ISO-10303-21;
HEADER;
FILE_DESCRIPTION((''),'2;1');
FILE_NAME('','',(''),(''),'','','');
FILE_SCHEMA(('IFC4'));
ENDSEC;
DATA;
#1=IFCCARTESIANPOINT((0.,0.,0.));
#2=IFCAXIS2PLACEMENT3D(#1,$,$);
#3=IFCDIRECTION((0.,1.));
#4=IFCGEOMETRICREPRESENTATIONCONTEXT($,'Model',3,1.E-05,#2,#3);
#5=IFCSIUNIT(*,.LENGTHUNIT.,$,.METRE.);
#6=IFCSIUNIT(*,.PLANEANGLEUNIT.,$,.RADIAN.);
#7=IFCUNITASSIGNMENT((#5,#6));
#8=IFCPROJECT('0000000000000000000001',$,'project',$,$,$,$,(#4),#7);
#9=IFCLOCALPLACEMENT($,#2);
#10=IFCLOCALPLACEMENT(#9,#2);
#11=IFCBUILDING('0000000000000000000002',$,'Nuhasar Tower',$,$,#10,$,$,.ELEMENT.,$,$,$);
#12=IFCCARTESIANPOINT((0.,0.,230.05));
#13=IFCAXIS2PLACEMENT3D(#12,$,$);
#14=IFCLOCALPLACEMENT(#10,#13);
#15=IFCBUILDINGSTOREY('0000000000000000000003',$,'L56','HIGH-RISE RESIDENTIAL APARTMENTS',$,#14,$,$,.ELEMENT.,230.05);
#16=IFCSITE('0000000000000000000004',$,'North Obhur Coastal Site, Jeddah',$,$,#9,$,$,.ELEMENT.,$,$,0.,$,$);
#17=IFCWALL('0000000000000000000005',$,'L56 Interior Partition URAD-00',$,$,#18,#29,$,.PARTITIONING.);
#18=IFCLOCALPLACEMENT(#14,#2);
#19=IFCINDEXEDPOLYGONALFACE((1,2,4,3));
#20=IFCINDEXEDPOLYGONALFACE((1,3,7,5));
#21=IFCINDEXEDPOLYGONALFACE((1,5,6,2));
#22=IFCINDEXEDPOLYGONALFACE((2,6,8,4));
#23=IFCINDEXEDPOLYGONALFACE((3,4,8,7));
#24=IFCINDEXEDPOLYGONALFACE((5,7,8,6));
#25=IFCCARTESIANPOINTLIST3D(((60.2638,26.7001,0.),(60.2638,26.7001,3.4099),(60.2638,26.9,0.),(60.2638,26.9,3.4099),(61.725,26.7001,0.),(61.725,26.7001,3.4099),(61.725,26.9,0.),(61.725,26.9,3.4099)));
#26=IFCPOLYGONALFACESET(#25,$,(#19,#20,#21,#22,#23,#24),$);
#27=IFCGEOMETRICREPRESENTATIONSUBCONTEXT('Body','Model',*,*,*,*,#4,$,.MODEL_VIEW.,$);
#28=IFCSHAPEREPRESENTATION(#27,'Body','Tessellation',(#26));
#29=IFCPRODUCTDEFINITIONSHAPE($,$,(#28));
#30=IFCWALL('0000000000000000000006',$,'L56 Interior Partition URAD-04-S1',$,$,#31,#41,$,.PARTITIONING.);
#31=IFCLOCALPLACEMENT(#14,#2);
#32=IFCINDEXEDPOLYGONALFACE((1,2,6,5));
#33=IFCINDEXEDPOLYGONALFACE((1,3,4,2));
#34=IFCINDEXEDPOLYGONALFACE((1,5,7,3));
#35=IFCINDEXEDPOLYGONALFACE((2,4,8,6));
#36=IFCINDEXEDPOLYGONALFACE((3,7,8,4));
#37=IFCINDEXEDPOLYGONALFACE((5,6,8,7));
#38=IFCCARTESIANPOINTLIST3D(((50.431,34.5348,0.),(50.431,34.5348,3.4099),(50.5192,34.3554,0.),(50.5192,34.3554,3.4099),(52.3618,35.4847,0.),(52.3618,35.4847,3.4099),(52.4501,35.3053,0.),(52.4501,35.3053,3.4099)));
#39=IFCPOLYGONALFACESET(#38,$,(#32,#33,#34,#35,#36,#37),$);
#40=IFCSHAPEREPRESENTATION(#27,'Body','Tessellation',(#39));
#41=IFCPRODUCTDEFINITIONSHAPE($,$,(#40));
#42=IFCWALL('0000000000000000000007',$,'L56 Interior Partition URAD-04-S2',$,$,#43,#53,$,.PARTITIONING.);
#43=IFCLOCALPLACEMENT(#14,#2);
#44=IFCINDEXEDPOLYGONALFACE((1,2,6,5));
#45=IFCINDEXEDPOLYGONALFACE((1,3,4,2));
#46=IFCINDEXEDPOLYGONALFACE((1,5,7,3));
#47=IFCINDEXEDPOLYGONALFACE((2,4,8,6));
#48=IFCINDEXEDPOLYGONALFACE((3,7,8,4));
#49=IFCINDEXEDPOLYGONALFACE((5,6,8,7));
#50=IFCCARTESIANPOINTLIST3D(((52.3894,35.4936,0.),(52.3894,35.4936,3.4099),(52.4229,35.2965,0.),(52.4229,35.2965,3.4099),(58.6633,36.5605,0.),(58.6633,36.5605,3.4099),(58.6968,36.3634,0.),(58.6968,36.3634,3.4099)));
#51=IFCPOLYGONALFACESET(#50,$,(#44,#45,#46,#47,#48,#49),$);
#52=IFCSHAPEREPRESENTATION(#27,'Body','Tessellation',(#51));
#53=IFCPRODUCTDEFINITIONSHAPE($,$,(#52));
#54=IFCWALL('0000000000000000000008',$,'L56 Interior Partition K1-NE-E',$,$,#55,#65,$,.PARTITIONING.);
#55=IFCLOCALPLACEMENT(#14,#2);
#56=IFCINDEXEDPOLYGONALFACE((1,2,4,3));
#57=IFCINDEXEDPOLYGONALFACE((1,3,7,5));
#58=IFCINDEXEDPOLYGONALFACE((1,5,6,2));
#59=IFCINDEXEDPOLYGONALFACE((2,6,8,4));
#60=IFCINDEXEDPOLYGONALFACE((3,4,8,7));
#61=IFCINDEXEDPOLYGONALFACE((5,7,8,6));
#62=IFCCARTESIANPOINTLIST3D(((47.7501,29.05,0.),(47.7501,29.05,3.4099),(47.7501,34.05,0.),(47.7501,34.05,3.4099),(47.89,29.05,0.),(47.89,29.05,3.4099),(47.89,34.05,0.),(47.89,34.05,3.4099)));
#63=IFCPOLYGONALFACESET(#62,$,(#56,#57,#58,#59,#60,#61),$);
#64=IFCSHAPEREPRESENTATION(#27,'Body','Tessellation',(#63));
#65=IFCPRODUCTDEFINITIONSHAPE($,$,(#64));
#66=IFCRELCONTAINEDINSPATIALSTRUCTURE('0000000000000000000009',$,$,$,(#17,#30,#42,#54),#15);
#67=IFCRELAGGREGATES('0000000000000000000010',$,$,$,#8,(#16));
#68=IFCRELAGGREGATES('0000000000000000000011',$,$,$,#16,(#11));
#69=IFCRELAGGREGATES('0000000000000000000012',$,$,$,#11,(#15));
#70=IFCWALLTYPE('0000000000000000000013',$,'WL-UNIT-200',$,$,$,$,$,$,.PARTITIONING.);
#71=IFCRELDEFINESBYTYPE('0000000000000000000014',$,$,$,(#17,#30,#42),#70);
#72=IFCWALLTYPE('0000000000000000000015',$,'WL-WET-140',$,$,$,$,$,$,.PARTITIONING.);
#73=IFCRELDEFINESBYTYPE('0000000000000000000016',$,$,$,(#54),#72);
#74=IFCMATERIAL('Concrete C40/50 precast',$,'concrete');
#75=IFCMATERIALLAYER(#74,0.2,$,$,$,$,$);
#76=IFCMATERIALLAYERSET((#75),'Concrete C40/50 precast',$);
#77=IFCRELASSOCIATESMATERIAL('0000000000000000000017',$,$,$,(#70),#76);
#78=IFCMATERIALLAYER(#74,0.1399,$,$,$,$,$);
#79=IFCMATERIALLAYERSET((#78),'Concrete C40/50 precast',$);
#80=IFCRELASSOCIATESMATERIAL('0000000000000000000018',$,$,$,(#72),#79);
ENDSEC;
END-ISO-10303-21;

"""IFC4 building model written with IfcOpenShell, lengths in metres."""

from ifc_helpers import new_model, si_unit, direction, frame, frame_2d, origin, place, context, subcontext, project, spatial, rectangle, extrude, material, layer, layer_set, type_object, element, save


model = new_model("IFC4")

# Units and contexts
model_context = context("Model", 3, precision=1e-05, world=origin(), true_north=direction((0.0, 1.0)))
body_context = subcontext(model_context, "Body", "Model", "MODEL_VIEW")
ifc_project = project(units=[si_unit("LENGTHUNIT", "METRE"), si_unit("PLANEANGLEUNIT", "RADIAN")], contexts=[model_context])

# Site, building, storey
site_placement = place(None, origin())
site = spatial("IfcSite", under=ifc_project, at=site_placement, Name="North Obhur Coastal Site, Jeddah", CompositionType="ELEMENT", RefElevation=0.0)
building_placement = place(site_placement, origin())
building = spatial("IfcBuilding", under=site, at=building_placement, Name="Nuhasar Tower", CompositionType="ELEMENT")
storey_placement = place(building_placement, frame((0.0, 0.0, 230.05)))
storey = spatial("IfcBuildingStorey", under=building, at=storey_placement, Name="L56", Description="HIGH-RISE RESIDENTIAL APARTMENTS", CompositionType="ELEMENT", Elevation=230.05)

# Walls
ifc_material_1 = material(Name="Concrete C40/50 precast", Category="concrete")
ifc_layer_1 = layer(ifc_material_1, 0.2)
ifc_layer_set_1 = layer_set([ifc_layer_1], Name="Concrete C40/50 precast")
wall_type_1 = type_object("IfcWallType", Name="WL-UNIT-200", PredefinedType="PARTITIONING", material=ifc_layer_set_1)
wall_1_placement = place(storey_placement, frame((60.2639, 26.8, 0.0), z_axis=(0.0, 0.0, 1.0), x_axis=(1.0, 0.0, 0.0)))
element("IfcWall", 1, at=wall_1_placement, inside=storey, type_object=wall_type_1, Name="L56 Interior Partition URAD-00", PredefinedType="PARTITIONING", context=body_context, shape_type="SweptSolid", body=[
    extrude(rectangle(XDim=1.4612, YDim=0.2, at=frame_2d((0.7305, 0.0))), origin(), (0.0, 0.0, 1.0), 3.4099),
])
wall_2_placement = place(storey_placement, frame((50.4751, 34.4451, 0.0), z_axis=(0.0, 0.0, 1.0), x_axis=(0.89729, 0.441441, 0.0)))
element("IfcWall", 2, at=wall_2_placement, inside=storey, type_object=wall_type_1, Name="L56 Interior Partition URAD-04-S1", PredefinedType="PARTITIONING", context=body_context, shape_type="SweptSolid", body=[
    extrude(rectangle(XDim=2.1519, YDim=0.2, at=frame_2d((1.0759, 0.0))), origin(), (0.0, 0.0, 1.0), 3.4099),
])
wall_3_placement = place(storey_placement, frame((52.406, 35.395, 0.0), z_axis=(0.0, 0.0, 1.0), x_axis=(0.985847, 0.167645, 0.0)))
element("IfcWall", 3, at=wall_3_placement, inside=storey, type_object=wall_type_1, Name="L56 Interior Partition URAD-04-S2", PredefinedType="PARTITIONING", context=body_context, shape_type="SweptSolid", body=[
    extrude(rectangle(XDim=6.364, YDim=0.2, at=frame_2d((3.1821, 0.0))), origin(), (0.0, 0.0, 1.0), 3.4099),
])
ifc_layer_2 = layer(ifc_material_1, 0.1399)
ifc_layer_set_2 = layer_set([ifc_layer_2], Name="Concrete C40/50 precast")
wall_type_2 = type_object("IfcWallType", Name="WL-WET-140", PredefinedType="PARTITIONING", material=ifc_layer_set_2)
wall_4_placement = place(storey_placement, frame((47.8201, 29.05, 0.0), z_axis=(0.0, 0.0, 1.0), x_axis=(0.0, 1.0, 0.0)))
element("IfcWall", 4, at=wall_4_placement, inside=storey, type_object=wall_type_2, Name="L56 Interior Partition K1-NE-E", PredefinedType="PARTITIONING", context=body_context, shape_type="SweptSolid", body=[
    extrude(rectangle(XDim=5.0, YDim=0.1399, at=frame_2d((2.5, 0.0))), origin(), (0.0, 0.0, 1.0), 3.4099),
])

save(model, "model.ifc")
